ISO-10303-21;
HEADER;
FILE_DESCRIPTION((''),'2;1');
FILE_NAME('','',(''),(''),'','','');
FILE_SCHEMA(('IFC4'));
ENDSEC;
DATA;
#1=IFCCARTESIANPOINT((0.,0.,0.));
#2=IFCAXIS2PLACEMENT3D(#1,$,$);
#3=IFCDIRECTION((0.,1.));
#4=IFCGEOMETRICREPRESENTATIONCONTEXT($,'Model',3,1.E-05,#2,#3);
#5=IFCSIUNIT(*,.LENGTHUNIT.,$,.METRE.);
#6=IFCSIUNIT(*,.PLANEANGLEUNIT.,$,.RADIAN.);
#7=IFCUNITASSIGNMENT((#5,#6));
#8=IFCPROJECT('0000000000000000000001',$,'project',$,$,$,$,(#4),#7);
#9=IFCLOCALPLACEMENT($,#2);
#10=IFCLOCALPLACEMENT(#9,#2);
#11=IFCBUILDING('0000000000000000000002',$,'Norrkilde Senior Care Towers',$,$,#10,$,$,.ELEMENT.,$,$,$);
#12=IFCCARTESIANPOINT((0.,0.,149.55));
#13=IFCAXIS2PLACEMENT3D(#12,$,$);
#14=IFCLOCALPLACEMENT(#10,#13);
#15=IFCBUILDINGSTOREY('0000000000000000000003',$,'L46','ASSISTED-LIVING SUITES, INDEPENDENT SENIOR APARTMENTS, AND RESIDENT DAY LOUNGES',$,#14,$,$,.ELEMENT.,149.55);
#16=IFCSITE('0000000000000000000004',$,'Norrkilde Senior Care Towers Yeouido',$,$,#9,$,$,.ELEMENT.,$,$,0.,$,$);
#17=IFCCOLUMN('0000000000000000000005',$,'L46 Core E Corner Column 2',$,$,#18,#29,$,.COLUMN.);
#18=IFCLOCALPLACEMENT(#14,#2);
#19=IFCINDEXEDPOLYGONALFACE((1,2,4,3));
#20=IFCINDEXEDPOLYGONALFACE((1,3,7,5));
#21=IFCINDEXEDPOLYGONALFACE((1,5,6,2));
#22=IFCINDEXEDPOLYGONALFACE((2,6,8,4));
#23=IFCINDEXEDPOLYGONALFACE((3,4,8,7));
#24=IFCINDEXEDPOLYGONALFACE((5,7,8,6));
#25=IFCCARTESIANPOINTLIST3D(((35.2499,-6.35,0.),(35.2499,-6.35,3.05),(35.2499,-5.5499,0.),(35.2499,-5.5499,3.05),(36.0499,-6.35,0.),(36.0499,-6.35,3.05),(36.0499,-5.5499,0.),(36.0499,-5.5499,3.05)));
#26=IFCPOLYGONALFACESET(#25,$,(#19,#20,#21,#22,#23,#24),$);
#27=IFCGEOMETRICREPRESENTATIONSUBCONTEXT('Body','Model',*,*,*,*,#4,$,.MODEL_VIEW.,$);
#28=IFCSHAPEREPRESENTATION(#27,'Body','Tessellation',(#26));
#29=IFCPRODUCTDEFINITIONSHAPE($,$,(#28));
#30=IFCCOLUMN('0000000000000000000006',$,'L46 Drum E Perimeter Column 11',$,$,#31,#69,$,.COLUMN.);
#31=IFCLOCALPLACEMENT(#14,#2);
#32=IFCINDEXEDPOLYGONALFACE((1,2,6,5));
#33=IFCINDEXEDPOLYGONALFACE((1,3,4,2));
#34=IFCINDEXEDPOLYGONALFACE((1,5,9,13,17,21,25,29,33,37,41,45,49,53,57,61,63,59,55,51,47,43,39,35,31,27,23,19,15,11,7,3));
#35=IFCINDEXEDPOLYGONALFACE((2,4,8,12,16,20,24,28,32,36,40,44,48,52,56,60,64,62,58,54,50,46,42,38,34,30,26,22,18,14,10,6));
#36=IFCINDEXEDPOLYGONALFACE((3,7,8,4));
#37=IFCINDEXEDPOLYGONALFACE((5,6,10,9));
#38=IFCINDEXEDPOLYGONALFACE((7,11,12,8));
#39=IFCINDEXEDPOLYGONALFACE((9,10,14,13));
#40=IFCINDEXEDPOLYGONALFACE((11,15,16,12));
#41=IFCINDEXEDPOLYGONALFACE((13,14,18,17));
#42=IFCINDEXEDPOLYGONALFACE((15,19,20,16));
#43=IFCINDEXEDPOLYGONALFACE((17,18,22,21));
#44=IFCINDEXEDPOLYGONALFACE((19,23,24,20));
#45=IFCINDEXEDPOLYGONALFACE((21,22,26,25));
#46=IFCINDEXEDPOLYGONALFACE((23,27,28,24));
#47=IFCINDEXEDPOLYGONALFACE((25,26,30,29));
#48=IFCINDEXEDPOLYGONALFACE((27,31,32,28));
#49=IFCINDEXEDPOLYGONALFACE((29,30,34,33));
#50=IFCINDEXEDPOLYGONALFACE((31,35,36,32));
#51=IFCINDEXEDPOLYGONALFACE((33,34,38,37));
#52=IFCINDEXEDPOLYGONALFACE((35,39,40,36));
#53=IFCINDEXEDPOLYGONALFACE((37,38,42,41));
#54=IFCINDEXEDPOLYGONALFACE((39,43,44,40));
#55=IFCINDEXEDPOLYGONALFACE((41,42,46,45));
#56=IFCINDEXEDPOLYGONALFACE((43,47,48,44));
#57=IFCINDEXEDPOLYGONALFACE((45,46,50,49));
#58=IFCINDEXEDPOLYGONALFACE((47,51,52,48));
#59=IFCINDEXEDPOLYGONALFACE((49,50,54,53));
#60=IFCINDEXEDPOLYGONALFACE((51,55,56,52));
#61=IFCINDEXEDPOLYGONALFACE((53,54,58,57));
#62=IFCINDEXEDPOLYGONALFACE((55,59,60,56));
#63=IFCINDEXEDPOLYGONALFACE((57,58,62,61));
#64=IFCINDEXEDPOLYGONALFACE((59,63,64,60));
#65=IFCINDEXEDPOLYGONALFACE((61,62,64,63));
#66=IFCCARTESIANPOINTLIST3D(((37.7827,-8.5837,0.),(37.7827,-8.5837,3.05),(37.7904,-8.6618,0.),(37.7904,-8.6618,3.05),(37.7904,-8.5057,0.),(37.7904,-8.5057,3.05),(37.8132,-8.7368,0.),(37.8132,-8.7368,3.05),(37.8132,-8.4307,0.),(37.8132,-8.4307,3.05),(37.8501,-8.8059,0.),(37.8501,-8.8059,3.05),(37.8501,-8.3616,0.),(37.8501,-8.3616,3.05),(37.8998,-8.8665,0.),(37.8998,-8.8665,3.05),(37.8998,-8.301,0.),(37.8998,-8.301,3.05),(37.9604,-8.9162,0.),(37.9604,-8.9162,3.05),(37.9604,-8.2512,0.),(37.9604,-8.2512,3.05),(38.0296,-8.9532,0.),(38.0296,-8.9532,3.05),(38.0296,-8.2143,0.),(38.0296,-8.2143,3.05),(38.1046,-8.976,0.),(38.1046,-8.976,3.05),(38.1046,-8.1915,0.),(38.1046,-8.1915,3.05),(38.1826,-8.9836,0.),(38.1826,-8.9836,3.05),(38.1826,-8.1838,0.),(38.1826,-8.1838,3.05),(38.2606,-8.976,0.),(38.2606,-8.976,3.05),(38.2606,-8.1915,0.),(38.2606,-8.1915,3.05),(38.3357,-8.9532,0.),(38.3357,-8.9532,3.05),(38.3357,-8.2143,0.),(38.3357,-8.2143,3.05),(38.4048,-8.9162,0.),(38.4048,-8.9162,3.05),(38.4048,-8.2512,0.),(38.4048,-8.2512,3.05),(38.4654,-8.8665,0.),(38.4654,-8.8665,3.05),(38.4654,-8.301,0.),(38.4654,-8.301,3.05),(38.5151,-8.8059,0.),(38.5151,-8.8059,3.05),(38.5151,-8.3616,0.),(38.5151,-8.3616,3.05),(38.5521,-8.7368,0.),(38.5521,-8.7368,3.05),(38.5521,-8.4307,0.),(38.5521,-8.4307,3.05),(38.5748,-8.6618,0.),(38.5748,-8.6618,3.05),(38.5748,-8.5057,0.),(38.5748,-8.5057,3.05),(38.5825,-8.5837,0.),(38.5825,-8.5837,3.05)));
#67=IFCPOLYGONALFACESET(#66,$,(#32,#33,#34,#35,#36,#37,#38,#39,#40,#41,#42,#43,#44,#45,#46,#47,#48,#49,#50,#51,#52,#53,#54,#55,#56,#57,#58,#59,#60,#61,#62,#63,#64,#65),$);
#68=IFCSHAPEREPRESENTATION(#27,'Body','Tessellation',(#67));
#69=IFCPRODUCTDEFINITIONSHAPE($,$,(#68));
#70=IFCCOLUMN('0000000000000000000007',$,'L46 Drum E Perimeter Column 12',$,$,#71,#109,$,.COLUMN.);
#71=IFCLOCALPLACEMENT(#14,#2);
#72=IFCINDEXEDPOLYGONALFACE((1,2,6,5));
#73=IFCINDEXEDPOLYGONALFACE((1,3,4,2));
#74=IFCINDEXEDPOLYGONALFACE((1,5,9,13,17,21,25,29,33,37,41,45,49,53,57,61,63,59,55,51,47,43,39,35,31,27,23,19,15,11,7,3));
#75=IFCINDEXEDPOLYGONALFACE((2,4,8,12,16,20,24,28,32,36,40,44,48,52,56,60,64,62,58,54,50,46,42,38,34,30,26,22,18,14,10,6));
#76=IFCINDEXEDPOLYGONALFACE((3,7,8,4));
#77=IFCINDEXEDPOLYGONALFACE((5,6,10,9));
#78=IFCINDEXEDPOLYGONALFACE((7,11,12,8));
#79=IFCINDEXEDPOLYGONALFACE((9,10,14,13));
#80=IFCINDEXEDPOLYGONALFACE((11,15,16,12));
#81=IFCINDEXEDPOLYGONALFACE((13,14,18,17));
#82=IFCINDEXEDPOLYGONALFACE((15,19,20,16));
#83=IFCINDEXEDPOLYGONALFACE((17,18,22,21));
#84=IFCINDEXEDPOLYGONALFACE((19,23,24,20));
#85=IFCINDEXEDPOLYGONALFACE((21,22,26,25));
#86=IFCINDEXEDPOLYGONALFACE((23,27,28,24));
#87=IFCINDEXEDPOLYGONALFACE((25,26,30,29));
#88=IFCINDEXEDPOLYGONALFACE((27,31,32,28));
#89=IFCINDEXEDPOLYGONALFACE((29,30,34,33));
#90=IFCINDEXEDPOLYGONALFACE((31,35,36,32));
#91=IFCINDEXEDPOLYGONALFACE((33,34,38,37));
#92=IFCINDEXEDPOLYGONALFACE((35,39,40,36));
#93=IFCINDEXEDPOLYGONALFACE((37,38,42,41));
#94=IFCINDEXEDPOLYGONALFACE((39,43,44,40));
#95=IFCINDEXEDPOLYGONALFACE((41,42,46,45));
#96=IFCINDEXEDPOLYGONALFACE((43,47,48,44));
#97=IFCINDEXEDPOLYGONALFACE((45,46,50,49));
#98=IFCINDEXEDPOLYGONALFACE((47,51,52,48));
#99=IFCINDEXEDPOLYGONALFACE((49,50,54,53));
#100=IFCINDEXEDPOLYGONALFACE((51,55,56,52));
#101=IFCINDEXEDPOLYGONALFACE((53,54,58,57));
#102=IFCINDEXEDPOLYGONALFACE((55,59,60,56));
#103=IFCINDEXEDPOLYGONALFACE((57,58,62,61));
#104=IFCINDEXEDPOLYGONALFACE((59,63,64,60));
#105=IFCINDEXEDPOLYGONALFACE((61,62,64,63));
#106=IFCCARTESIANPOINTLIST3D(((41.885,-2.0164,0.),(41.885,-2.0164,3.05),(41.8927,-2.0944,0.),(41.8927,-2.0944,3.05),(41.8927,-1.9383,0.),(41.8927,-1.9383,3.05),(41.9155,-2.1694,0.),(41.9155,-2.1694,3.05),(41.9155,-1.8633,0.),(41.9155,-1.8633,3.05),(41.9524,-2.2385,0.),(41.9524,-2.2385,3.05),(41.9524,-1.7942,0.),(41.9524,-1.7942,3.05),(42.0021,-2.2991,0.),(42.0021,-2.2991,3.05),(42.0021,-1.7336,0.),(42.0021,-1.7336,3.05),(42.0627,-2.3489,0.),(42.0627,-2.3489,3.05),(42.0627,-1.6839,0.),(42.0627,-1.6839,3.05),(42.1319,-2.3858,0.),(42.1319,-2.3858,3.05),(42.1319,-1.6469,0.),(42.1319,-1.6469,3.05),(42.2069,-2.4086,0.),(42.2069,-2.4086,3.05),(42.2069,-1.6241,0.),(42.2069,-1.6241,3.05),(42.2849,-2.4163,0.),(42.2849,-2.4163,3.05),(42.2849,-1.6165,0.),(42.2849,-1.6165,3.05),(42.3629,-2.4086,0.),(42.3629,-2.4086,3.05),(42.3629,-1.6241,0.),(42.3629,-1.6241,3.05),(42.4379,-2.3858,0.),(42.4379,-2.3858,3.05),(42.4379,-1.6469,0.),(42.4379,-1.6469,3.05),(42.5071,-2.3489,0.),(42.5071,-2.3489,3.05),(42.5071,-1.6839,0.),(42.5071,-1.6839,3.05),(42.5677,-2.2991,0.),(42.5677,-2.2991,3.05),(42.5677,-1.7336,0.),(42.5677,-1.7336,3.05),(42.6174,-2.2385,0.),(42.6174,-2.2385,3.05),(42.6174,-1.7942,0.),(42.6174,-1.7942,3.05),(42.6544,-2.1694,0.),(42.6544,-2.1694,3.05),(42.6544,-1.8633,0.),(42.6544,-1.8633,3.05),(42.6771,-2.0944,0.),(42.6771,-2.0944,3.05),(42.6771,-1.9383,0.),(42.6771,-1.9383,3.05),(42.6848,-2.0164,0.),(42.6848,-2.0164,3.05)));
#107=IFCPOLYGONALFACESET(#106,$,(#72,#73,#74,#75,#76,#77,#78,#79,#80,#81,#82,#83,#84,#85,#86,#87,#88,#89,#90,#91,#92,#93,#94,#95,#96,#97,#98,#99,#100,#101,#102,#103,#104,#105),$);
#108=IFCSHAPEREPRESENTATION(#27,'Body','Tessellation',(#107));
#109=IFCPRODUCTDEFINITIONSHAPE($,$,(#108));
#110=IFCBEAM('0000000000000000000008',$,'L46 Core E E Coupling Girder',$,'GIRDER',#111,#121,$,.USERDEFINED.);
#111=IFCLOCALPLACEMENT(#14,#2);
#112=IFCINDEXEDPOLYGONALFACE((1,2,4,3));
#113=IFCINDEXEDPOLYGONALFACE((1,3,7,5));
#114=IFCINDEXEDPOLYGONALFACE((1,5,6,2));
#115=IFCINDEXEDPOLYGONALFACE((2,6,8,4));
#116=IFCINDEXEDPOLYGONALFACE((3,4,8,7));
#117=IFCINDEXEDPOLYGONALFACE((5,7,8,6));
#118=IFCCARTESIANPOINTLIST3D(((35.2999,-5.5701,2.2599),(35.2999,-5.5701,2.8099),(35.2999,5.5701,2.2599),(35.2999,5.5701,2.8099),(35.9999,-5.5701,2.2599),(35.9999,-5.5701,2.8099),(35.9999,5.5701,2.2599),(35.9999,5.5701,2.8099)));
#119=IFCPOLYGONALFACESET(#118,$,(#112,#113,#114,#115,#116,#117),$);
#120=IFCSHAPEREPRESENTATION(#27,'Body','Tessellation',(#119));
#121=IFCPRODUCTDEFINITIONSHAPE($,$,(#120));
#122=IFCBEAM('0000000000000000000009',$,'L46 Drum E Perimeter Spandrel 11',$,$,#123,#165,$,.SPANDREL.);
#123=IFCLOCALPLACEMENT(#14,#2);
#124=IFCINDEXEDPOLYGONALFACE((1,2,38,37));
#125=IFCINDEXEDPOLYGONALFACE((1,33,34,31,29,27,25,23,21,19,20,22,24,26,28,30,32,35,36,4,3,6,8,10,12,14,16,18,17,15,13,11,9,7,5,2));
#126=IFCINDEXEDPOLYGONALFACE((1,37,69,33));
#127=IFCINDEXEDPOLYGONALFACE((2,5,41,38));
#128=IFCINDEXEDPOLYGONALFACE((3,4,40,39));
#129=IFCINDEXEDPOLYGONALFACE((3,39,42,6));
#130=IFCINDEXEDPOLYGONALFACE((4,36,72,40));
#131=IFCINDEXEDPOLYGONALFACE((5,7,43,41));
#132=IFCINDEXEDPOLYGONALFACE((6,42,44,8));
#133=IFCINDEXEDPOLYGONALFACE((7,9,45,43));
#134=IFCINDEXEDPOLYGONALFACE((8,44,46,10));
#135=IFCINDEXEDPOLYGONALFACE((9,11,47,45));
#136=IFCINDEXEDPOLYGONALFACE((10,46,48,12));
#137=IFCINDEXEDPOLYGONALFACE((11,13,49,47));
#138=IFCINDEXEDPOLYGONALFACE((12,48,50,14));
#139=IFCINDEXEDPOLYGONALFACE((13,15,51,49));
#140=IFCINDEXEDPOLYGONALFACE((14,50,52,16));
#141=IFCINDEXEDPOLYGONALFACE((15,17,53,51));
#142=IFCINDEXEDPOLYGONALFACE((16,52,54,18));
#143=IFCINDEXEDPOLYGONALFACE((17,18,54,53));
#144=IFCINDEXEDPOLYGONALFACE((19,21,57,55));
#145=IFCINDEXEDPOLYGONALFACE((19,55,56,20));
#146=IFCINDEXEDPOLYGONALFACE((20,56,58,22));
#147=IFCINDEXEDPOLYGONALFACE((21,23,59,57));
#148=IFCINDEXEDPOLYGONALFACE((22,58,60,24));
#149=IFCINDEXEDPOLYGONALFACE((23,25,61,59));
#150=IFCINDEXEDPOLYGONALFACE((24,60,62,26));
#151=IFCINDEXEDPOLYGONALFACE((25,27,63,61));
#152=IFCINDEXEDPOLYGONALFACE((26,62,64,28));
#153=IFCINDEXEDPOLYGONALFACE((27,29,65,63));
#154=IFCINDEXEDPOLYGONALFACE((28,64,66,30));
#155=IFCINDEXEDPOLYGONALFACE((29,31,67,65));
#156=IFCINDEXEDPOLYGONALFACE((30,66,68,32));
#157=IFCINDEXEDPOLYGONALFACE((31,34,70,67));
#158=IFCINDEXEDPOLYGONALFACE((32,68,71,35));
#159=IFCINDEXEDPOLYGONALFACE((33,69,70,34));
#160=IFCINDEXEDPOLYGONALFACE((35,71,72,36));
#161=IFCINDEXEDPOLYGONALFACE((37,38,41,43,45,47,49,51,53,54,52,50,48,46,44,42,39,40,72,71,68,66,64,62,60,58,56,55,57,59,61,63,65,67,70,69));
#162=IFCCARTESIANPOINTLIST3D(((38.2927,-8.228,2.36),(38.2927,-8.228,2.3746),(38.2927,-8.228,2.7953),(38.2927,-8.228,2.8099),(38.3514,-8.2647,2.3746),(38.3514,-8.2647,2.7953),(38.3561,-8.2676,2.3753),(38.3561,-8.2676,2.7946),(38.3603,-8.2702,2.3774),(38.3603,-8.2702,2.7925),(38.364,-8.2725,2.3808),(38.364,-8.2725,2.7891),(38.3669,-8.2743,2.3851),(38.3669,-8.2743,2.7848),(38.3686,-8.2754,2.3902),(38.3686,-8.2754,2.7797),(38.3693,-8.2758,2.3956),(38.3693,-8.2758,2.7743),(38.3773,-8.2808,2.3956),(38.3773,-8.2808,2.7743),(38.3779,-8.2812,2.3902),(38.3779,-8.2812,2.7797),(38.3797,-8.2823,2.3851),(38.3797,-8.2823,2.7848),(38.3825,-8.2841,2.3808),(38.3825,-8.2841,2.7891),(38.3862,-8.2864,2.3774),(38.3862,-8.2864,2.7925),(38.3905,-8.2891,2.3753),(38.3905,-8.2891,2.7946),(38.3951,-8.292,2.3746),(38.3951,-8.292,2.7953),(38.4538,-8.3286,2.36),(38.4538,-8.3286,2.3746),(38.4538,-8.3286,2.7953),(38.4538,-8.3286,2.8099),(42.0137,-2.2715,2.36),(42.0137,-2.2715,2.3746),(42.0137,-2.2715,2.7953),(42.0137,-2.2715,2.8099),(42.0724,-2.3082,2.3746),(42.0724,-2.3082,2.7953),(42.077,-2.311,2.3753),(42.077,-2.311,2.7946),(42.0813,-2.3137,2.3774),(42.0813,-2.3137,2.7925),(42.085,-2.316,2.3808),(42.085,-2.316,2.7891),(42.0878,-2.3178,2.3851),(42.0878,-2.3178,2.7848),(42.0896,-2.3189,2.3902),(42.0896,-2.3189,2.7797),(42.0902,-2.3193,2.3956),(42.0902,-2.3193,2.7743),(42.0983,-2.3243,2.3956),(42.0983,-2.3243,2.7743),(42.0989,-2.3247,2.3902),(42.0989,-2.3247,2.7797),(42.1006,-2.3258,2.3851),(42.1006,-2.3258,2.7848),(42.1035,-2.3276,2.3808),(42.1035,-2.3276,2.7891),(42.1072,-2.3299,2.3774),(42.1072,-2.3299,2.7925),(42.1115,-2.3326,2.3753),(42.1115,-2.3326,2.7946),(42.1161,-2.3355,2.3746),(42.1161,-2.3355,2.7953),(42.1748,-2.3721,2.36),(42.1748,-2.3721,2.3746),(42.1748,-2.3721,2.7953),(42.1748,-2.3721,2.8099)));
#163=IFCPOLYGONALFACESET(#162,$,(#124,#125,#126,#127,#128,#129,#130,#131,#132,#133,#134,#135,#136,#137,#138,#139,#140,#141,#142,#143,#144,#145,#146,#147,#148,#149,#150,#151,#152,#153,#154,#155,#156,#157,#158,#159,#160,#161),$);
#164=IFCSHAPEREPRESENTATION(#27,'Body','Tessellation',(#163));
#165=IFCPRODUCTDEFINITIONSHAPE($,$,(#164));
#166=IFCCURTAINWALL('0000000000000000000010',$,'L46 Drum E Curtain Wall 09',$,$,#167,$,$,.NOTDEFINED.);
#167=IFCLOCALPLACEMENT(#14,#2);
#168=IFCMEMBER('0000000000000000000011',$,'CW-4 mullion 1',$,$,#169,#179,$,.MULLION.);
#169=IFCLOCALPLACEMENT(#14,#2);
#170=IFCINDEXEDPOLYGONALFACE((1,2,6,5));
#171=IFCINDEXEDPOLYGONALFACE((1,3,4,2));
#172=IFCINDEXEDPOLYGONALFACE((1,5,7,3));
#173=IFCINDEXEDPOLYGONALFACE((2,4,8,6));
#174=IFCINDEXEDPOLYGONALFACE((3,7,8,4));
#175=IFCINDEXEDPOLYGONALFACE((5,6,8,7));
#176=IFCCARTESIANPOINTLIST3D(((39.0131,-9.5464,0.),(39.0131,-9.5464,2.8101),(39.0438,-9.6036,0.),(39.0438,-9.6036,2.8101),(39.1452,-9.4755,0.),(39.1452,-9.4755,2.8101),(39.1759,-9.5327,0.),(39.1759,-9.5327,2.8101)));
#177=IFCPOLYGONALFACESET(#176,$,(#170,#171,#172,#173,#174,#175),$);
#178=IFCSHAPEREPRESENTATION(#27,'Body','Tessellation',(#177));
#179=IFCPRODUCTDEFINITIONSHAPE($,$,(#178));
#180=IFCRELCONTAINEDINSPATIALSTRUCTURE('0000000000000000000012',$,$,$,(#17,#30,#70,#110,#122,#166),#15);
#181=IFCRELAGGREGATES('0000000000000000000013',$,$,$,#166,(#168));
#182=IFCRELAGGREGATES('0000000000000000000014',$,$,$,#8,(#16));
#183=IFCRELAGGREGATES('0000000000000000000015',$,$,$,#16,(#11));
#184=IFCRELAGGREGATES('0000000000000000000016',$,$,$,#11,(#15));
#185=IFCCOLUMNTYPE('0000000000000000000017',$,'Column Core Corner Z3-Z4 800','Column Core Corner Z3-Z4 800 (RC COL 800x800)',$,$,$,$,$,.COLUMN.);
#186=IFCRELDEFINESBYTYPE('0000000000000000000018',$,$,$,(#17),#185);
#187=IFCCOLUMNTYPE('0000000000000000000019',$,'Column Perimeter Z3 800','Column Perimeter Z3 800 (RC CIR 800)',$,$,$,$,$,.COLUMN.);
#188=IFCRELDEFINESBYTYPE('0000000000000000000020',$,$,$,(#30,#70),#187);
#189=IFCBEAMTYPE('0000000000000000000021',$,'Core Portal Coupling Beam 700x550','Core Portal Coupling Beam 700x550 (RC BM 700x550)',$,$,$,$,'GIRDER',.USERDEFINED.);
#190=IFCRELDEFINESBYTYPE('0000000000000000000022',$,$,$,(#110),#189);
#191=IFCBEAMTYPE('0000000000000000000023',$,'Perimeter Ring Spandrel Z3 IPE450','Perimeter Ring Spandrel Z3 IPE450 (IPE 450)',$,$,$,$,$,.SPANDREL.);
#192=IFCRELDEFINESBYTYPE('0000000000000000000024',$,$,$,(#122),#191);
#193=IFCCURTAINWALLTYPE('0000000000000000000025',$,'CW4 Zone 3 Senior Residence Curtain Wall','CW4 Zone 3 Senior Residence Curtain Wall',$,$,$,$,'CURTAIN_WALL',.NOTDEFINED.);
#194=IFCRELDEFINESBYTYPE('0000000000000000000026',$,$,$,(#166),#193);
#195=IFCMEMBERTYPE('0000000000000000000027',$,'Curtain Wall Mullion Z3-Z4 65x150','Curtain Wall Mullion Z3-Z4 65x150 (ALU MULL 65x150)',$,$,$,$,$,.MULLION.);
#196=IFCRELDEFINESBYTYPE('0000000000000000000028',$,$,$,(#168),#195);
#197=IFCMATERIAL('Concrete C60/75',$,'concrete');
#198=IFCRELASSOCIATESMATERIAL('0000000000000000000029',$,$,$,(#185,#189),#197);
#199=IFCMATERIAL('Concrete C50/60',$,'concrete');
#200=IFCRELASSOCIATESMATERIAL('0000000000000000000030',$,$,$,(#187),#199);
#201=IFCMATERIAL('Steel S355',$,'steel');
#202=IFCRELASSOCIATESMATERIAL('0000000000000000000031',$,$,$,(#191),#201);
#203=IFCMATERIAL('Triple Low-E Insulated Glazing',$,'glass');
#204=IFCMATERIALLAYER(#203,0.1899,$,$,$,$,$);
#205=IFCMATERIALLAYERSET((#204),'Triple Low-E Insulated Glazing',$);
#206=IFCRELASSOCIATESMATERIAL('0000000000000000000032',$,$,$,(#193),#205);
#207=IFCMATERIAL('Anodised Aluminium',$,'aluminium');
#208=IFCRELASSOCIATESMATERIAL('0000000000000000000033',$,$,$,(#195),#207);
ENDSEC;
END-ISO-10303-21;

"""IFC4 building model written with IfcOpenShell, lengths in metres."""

from ifc_helpers import new_model, si_unit, direction, frame, origin, origin_2d, place, context, subcontext, project, spatial, rectangle, circle, i_section, extrude, source, transform, mapped, material, layer, layer_set, material_profile, profile_set, type_object, type_shapes, element, aggregate, save


model = new_model("IFC4")

# Units and contexts
model_context = context("Model", 3, precision=1e-05, world=origin(), true_north=direction((0.0, 1.0)))
body_context = subcontext(model_context, "Body", "Model", "MODEL_VIEW")
ifc_project = project(units=[si_unit("LENGTHUNIT", "METRE"), si_unit("PLANEANGLEUNIT", "RADIAN")], contexts=[model_context])

# Site, building, storey
site_placement = place(None, origin())
site = spatial("IfcSite", under=ifc_project, at=site_placement, Name="Norrkilde Senior Care Towers Yeouido", CompositionType="ELEMENT", RefElevation=0.0)
building_placement = place(site_placement, origin())
building = spatial("IfcBuilding", under=site, at=building_placement, Name="Norrkilde Senior Care Towers", CompositionType="ELEMENT")
storey_placement = place(building_placement, frame((0.0, 0.0, 149.55)))
storey = spatial("IfcBuildingStorey", under=building, at=storey_placement, Name="L46", Description="ASSISTED-LIVING SUITES, INDEPENDENT SENIOR APARTMENTS, AND RESIDENT DAY LOUNGES", CompositionType="ELEMENT", Elevation=149.55)

# Columns
ifc_material_1 = material(Name="Concrete C60/75", Category="concrete")
ifc_material_profile_1 = material_profile(ifc_material_1, rectangle(XDim=0.8, YDim=0.8, at=origin_2d()), Name="RC COL 800x800")
ifc_profile_set_1 = profile_set([ifc_material_profile_1], Name="Concrete C60/75")
column_type_1 = type_object("IfcColumnType", Name="Column Core Corner Z3-Z4 800", Description="Column Core Corner Z3-Z4 800 (RC COL 800x800)", PredefinedType="COLUMN", material=ifc_profile_set_1)
shared_shape_1 = source(origin(), body_context, "Body", "SweptSolid", [
    extrude(rectangle(XDim=0.8, YDim=0.8, at=origin_2d()), origin(), (0.0, 0.0, 1.0), 3.05),
])
type_shapes(column_type_1, [shared_shape_1])
column_placement = place(storey_placement, frame((35.6499, -5.95, 0.0), z_axis=(0.0, 0.0, 1.0), x_axis=(1.0, 0.0, 0.0)))
element("IfcColumn", 1, at=column_placement, inside=storey, type_object=column_type_1, Name="L46 Core E Corner Column 2", PredefinedType="COLUMN", context=body_context, shape_type="MappedRepresentation", body=[
    mapped(shared_shape_1, transform((0.0, 0.0, 0.0), x_axis=(1.0, 0.0, 0.0), y_axis=(0.0, 1.0, 0.0), z_axis=(0.0, 0.0, 1.0), scale=1.0)),
])
ifc_material_2 = material(Name="Concrete C50/60", Category="concrete")
ifc_material_profile_2 = material_profile(ifc_material_2, circle(Radius=0.3999, at=origin_2d()), Name="RC CIR 800")
ifc_profile_set_2 = profile_set([ifc_material_profile_2], Name="Concrete C50/60")
column_type_2 = type_object("IfcColumnType", Name="Column Perimeter Z3 800", Description="Column Perimeter Z3 800 (RC CIR 800)", PredefinedType="COLUMN", material=ifc_profile_set_2)
shared_shape_2 = source(origin(), body_context, "Body", "SweptSolid", [
    extrude(circle(Radius=0.3999, at=origin_2d()), origin(), (0.0, 0.0, 1.0), 3.05),
])
type_shapes(column_type_2, [shared_shape_2])
for number, where, z_axis, x_axis, name in (
    (2, (38.1826, -8.5837, 0.0), (0.0, 0.0, 1.0), (1.0, 0.0, 0.0), "L46 Drum E Perimeter Column 11"),
    (3, (42.2849, -2.0164, 0.0), (0.0, 0.0, 1.0), (1.0, 0.0, 0.0), "L46 Drum E Perimeter Column 12"),
):
    element("IfcColumn", number, at=place(storey_placement, frame(where, z_axis=z_axis, x_axis=x_axis)), inside=storey, type_object=column_type_2, Name=name, PredefinedType="COLUMN", context=body_context, shape_type="MappedRepresentation", body=[
        mapped(shared_shape_2, transform((0.0, 0.0, 0.0), x_axis=(1.0, 0.0, 0.0), y_axis=(0.0, 1.0, 0.0), z_axis=(0.0, 0.0, 1.0), scale=1.0)),
    ])

# Beams
ifc_material_profile_3 = material_profile(ifc_material_1, rectangle(XDim=0.7, YDim=0.55, at=origin_2d()), Name="RC BM 700x550")
ifc_profile_set_3 = profile_set([ifc_material_profile_3], Name="Concrete C60/75")
beam_type_1 = type_object("IfcBeamType", Name="Core Portal Coupling Beam 700x550", Description="Core Portal Coupling Beam 700x550 (RC BM 700x550)", ElementType="GIRDER", PredefinedType="USERDEFINED", material=ifc_profile_set_3)
shared_shape_3 = source(origin(), body_context, "Body", "SweptSolid", [
    extrude(rectangle(XDim=0.7, YDim=0.55, at=origin_2d()), origin(), (0.0, 0.0, 1.0), 11.1401),
])
type_shapes(beam_type_1, [shared_shape_3])
beam_1_placement = place(storey_placement, frame((35.6499, -5.5701, 2.5349), z_axis=(0.0, 1.0, 0.0), x_axis=(-1.0, 0.0, 0.0)))
element("IfcBeam", 4, at=beam_1_placement, inside=storey, type_object=beam_type_1, Name="L46 Core E E Coupling Girder", ObjectType="GIRDER", PredefinedType="USERDEFINED", context=body_context, shape_type="MappedRepresentation", body=[
    mapped(shared_shape_3, transform((0.0, 0.0, 0.0), x_axis=(1.0, 0.0, 0.0), y_axis=(0.0, 1.0, 0.0), z_axis=(0.0, 0.0, 1.0), scale=1.0)),
])
ifc_material_3 = material(Name="Steel S355", Category="steel")
ifc_material_profile_4 = material_profile(ifc_material_3, i_section(OverallWidth=0.1899, OverallDepth=0.45, WebThickness=0.0095, FlangeThickness=0.0146, FilletRadius=0.021, at=origin_2d()), Name="IPE 450")
ifc_profile_set_4 = profile_set([ifc_material_profile_4], Name="Steel S355")
beam_type_2 = type_object("IfcBeamType", Name="Perimeter Ring Spandrel Z3 IPE450", Description="Perimeter Ring Spandrel Z3 IPE450 (IPE 450)", PredefinedType="SPANDREL", material=ifc_profile_set_4)
shared_shape_4 = source(origin(), body_context, "Body", "SweptSolid", [
    extrude(i_section(OverallWidth=0.1899, OverallDepth=0.45, WebThickness=0.0095, FlangeThickness=0.0146, FilletRadius=0.021, at=origin_2d()), origin(), (0.0, 0.0, 1.0), 7.0232),
])
type_shapes(beam_type_2, [shared_shape_4])
beam_2_placement = place(storey_placement, frame((38.3733, -8.2783, 2.585), z_axis=(0.529805, 0.848119, 0.0), x_axis=(-0.848119, 0.529805, 0.0)))
element("IfcBeam", 5, at=beam_2_placement, inside=storey, type_object=beam_type_2, Name="L46 Drum E Perimeter Spandrel 11", PredefinedType="SPANDREL", context=body_context, shape_type="MappedRepresentation", body=[
    mapped(shared_shape_4, transform((0.0, 0.0, 0.0), x_axis=(1.0, 0.0, 0.0), y_axis=(0.0, 1.0, 0.0), z_axis=(0.0, 0.0, 1.0), scale=1.0)),
])

# Curtain wall, member
ifc_material_4 = material(Name="Triple Low-E Insulated Glazing", Category="glass")
ifc_layer_1 = layer(ifc_material_4, 0.1899)
ifc_layer_set_1 = layer_set([ifc_layer_1], Name="Triple Low-E Insulated Glazing")
curtain_wall_type = type_object("IfcCurtainWallType", Name="CW4 Zone 3 Senior Residence Curtain Wall", Description="CW4 Zone 3 Senior Residence Curtain Wall", ElementType="CURTAIN_WALL", PredefinedType="NOTDEFINED", material=ifc_layer_set_1)
curtain_wall_1_placement = place(storey_placement, origin())
curtain_wall_1 = element("IfcCurtainWall", 6, at=curtain_wall_1_placement, inside=storey, type_object=curtain_wall_type, Name="L46 Drum E Curtain Wall 09", PredefinedType="NOTDEFINED")
ifc_material_5 = material(Name="Anodised Aluminium", Category="aluminium")
ifc_material_profile_5 = material_profile(ifc_material_5, rectangle(XDim=0.0649, YDim=0.1499, at=origin_2d()), Name="ALU MULL 65x150")
ifc_profile_set_5 = profile_set([ifc_material_profile_5], Name="Anodised Aluminium")
member_type_1 = type_object("IfcMemberType", Name="Curtain Wall Mullion Z3-Z4 65x150", Description="Curtain Wall Mullion Z3-Z4 65x150 (ALU MULL 65x150)", PredefinedType="MULLION", material=ifc_profile_set_5)
shared_shape_5 = source(origin(), body_context, "Body", "SweptSolid", [
    extrude(rectangle(XDim=0.0649, YDim=0.1499, at=origin_2d()), origin(), (0.0, 0.0, 1.0), 2.8101),
])
type_shapes(member_type_1, [shared_shape_5])
member_1_placement = place(storey_placement, frame((39.0945, -9.5396, 0.0), z_axis=(0.0, 0.0, 1.0), x_axis=(0.473117, -0.881, 0.0)))
member_1 = element("IfcMember", 7, at=member_1_placement, type_object=member_type_1, Name="CW-4 mullion 1", PredefinedType="MULLION", context=body_context, shape_type="MappedRepresentation", body=[
    mapped(shared_shape_5, transform((0.0, 0.0, 0.0), x_axis=(1.0, 0.0, 0.0), y_axis=(0.0, 1.0, 0.0), z_axis=(0.0, 0.0, 1.0), scale=1.0)),
])

aggregate(curtain_wall_1, [member_1])

save(model, "model.ifc")
